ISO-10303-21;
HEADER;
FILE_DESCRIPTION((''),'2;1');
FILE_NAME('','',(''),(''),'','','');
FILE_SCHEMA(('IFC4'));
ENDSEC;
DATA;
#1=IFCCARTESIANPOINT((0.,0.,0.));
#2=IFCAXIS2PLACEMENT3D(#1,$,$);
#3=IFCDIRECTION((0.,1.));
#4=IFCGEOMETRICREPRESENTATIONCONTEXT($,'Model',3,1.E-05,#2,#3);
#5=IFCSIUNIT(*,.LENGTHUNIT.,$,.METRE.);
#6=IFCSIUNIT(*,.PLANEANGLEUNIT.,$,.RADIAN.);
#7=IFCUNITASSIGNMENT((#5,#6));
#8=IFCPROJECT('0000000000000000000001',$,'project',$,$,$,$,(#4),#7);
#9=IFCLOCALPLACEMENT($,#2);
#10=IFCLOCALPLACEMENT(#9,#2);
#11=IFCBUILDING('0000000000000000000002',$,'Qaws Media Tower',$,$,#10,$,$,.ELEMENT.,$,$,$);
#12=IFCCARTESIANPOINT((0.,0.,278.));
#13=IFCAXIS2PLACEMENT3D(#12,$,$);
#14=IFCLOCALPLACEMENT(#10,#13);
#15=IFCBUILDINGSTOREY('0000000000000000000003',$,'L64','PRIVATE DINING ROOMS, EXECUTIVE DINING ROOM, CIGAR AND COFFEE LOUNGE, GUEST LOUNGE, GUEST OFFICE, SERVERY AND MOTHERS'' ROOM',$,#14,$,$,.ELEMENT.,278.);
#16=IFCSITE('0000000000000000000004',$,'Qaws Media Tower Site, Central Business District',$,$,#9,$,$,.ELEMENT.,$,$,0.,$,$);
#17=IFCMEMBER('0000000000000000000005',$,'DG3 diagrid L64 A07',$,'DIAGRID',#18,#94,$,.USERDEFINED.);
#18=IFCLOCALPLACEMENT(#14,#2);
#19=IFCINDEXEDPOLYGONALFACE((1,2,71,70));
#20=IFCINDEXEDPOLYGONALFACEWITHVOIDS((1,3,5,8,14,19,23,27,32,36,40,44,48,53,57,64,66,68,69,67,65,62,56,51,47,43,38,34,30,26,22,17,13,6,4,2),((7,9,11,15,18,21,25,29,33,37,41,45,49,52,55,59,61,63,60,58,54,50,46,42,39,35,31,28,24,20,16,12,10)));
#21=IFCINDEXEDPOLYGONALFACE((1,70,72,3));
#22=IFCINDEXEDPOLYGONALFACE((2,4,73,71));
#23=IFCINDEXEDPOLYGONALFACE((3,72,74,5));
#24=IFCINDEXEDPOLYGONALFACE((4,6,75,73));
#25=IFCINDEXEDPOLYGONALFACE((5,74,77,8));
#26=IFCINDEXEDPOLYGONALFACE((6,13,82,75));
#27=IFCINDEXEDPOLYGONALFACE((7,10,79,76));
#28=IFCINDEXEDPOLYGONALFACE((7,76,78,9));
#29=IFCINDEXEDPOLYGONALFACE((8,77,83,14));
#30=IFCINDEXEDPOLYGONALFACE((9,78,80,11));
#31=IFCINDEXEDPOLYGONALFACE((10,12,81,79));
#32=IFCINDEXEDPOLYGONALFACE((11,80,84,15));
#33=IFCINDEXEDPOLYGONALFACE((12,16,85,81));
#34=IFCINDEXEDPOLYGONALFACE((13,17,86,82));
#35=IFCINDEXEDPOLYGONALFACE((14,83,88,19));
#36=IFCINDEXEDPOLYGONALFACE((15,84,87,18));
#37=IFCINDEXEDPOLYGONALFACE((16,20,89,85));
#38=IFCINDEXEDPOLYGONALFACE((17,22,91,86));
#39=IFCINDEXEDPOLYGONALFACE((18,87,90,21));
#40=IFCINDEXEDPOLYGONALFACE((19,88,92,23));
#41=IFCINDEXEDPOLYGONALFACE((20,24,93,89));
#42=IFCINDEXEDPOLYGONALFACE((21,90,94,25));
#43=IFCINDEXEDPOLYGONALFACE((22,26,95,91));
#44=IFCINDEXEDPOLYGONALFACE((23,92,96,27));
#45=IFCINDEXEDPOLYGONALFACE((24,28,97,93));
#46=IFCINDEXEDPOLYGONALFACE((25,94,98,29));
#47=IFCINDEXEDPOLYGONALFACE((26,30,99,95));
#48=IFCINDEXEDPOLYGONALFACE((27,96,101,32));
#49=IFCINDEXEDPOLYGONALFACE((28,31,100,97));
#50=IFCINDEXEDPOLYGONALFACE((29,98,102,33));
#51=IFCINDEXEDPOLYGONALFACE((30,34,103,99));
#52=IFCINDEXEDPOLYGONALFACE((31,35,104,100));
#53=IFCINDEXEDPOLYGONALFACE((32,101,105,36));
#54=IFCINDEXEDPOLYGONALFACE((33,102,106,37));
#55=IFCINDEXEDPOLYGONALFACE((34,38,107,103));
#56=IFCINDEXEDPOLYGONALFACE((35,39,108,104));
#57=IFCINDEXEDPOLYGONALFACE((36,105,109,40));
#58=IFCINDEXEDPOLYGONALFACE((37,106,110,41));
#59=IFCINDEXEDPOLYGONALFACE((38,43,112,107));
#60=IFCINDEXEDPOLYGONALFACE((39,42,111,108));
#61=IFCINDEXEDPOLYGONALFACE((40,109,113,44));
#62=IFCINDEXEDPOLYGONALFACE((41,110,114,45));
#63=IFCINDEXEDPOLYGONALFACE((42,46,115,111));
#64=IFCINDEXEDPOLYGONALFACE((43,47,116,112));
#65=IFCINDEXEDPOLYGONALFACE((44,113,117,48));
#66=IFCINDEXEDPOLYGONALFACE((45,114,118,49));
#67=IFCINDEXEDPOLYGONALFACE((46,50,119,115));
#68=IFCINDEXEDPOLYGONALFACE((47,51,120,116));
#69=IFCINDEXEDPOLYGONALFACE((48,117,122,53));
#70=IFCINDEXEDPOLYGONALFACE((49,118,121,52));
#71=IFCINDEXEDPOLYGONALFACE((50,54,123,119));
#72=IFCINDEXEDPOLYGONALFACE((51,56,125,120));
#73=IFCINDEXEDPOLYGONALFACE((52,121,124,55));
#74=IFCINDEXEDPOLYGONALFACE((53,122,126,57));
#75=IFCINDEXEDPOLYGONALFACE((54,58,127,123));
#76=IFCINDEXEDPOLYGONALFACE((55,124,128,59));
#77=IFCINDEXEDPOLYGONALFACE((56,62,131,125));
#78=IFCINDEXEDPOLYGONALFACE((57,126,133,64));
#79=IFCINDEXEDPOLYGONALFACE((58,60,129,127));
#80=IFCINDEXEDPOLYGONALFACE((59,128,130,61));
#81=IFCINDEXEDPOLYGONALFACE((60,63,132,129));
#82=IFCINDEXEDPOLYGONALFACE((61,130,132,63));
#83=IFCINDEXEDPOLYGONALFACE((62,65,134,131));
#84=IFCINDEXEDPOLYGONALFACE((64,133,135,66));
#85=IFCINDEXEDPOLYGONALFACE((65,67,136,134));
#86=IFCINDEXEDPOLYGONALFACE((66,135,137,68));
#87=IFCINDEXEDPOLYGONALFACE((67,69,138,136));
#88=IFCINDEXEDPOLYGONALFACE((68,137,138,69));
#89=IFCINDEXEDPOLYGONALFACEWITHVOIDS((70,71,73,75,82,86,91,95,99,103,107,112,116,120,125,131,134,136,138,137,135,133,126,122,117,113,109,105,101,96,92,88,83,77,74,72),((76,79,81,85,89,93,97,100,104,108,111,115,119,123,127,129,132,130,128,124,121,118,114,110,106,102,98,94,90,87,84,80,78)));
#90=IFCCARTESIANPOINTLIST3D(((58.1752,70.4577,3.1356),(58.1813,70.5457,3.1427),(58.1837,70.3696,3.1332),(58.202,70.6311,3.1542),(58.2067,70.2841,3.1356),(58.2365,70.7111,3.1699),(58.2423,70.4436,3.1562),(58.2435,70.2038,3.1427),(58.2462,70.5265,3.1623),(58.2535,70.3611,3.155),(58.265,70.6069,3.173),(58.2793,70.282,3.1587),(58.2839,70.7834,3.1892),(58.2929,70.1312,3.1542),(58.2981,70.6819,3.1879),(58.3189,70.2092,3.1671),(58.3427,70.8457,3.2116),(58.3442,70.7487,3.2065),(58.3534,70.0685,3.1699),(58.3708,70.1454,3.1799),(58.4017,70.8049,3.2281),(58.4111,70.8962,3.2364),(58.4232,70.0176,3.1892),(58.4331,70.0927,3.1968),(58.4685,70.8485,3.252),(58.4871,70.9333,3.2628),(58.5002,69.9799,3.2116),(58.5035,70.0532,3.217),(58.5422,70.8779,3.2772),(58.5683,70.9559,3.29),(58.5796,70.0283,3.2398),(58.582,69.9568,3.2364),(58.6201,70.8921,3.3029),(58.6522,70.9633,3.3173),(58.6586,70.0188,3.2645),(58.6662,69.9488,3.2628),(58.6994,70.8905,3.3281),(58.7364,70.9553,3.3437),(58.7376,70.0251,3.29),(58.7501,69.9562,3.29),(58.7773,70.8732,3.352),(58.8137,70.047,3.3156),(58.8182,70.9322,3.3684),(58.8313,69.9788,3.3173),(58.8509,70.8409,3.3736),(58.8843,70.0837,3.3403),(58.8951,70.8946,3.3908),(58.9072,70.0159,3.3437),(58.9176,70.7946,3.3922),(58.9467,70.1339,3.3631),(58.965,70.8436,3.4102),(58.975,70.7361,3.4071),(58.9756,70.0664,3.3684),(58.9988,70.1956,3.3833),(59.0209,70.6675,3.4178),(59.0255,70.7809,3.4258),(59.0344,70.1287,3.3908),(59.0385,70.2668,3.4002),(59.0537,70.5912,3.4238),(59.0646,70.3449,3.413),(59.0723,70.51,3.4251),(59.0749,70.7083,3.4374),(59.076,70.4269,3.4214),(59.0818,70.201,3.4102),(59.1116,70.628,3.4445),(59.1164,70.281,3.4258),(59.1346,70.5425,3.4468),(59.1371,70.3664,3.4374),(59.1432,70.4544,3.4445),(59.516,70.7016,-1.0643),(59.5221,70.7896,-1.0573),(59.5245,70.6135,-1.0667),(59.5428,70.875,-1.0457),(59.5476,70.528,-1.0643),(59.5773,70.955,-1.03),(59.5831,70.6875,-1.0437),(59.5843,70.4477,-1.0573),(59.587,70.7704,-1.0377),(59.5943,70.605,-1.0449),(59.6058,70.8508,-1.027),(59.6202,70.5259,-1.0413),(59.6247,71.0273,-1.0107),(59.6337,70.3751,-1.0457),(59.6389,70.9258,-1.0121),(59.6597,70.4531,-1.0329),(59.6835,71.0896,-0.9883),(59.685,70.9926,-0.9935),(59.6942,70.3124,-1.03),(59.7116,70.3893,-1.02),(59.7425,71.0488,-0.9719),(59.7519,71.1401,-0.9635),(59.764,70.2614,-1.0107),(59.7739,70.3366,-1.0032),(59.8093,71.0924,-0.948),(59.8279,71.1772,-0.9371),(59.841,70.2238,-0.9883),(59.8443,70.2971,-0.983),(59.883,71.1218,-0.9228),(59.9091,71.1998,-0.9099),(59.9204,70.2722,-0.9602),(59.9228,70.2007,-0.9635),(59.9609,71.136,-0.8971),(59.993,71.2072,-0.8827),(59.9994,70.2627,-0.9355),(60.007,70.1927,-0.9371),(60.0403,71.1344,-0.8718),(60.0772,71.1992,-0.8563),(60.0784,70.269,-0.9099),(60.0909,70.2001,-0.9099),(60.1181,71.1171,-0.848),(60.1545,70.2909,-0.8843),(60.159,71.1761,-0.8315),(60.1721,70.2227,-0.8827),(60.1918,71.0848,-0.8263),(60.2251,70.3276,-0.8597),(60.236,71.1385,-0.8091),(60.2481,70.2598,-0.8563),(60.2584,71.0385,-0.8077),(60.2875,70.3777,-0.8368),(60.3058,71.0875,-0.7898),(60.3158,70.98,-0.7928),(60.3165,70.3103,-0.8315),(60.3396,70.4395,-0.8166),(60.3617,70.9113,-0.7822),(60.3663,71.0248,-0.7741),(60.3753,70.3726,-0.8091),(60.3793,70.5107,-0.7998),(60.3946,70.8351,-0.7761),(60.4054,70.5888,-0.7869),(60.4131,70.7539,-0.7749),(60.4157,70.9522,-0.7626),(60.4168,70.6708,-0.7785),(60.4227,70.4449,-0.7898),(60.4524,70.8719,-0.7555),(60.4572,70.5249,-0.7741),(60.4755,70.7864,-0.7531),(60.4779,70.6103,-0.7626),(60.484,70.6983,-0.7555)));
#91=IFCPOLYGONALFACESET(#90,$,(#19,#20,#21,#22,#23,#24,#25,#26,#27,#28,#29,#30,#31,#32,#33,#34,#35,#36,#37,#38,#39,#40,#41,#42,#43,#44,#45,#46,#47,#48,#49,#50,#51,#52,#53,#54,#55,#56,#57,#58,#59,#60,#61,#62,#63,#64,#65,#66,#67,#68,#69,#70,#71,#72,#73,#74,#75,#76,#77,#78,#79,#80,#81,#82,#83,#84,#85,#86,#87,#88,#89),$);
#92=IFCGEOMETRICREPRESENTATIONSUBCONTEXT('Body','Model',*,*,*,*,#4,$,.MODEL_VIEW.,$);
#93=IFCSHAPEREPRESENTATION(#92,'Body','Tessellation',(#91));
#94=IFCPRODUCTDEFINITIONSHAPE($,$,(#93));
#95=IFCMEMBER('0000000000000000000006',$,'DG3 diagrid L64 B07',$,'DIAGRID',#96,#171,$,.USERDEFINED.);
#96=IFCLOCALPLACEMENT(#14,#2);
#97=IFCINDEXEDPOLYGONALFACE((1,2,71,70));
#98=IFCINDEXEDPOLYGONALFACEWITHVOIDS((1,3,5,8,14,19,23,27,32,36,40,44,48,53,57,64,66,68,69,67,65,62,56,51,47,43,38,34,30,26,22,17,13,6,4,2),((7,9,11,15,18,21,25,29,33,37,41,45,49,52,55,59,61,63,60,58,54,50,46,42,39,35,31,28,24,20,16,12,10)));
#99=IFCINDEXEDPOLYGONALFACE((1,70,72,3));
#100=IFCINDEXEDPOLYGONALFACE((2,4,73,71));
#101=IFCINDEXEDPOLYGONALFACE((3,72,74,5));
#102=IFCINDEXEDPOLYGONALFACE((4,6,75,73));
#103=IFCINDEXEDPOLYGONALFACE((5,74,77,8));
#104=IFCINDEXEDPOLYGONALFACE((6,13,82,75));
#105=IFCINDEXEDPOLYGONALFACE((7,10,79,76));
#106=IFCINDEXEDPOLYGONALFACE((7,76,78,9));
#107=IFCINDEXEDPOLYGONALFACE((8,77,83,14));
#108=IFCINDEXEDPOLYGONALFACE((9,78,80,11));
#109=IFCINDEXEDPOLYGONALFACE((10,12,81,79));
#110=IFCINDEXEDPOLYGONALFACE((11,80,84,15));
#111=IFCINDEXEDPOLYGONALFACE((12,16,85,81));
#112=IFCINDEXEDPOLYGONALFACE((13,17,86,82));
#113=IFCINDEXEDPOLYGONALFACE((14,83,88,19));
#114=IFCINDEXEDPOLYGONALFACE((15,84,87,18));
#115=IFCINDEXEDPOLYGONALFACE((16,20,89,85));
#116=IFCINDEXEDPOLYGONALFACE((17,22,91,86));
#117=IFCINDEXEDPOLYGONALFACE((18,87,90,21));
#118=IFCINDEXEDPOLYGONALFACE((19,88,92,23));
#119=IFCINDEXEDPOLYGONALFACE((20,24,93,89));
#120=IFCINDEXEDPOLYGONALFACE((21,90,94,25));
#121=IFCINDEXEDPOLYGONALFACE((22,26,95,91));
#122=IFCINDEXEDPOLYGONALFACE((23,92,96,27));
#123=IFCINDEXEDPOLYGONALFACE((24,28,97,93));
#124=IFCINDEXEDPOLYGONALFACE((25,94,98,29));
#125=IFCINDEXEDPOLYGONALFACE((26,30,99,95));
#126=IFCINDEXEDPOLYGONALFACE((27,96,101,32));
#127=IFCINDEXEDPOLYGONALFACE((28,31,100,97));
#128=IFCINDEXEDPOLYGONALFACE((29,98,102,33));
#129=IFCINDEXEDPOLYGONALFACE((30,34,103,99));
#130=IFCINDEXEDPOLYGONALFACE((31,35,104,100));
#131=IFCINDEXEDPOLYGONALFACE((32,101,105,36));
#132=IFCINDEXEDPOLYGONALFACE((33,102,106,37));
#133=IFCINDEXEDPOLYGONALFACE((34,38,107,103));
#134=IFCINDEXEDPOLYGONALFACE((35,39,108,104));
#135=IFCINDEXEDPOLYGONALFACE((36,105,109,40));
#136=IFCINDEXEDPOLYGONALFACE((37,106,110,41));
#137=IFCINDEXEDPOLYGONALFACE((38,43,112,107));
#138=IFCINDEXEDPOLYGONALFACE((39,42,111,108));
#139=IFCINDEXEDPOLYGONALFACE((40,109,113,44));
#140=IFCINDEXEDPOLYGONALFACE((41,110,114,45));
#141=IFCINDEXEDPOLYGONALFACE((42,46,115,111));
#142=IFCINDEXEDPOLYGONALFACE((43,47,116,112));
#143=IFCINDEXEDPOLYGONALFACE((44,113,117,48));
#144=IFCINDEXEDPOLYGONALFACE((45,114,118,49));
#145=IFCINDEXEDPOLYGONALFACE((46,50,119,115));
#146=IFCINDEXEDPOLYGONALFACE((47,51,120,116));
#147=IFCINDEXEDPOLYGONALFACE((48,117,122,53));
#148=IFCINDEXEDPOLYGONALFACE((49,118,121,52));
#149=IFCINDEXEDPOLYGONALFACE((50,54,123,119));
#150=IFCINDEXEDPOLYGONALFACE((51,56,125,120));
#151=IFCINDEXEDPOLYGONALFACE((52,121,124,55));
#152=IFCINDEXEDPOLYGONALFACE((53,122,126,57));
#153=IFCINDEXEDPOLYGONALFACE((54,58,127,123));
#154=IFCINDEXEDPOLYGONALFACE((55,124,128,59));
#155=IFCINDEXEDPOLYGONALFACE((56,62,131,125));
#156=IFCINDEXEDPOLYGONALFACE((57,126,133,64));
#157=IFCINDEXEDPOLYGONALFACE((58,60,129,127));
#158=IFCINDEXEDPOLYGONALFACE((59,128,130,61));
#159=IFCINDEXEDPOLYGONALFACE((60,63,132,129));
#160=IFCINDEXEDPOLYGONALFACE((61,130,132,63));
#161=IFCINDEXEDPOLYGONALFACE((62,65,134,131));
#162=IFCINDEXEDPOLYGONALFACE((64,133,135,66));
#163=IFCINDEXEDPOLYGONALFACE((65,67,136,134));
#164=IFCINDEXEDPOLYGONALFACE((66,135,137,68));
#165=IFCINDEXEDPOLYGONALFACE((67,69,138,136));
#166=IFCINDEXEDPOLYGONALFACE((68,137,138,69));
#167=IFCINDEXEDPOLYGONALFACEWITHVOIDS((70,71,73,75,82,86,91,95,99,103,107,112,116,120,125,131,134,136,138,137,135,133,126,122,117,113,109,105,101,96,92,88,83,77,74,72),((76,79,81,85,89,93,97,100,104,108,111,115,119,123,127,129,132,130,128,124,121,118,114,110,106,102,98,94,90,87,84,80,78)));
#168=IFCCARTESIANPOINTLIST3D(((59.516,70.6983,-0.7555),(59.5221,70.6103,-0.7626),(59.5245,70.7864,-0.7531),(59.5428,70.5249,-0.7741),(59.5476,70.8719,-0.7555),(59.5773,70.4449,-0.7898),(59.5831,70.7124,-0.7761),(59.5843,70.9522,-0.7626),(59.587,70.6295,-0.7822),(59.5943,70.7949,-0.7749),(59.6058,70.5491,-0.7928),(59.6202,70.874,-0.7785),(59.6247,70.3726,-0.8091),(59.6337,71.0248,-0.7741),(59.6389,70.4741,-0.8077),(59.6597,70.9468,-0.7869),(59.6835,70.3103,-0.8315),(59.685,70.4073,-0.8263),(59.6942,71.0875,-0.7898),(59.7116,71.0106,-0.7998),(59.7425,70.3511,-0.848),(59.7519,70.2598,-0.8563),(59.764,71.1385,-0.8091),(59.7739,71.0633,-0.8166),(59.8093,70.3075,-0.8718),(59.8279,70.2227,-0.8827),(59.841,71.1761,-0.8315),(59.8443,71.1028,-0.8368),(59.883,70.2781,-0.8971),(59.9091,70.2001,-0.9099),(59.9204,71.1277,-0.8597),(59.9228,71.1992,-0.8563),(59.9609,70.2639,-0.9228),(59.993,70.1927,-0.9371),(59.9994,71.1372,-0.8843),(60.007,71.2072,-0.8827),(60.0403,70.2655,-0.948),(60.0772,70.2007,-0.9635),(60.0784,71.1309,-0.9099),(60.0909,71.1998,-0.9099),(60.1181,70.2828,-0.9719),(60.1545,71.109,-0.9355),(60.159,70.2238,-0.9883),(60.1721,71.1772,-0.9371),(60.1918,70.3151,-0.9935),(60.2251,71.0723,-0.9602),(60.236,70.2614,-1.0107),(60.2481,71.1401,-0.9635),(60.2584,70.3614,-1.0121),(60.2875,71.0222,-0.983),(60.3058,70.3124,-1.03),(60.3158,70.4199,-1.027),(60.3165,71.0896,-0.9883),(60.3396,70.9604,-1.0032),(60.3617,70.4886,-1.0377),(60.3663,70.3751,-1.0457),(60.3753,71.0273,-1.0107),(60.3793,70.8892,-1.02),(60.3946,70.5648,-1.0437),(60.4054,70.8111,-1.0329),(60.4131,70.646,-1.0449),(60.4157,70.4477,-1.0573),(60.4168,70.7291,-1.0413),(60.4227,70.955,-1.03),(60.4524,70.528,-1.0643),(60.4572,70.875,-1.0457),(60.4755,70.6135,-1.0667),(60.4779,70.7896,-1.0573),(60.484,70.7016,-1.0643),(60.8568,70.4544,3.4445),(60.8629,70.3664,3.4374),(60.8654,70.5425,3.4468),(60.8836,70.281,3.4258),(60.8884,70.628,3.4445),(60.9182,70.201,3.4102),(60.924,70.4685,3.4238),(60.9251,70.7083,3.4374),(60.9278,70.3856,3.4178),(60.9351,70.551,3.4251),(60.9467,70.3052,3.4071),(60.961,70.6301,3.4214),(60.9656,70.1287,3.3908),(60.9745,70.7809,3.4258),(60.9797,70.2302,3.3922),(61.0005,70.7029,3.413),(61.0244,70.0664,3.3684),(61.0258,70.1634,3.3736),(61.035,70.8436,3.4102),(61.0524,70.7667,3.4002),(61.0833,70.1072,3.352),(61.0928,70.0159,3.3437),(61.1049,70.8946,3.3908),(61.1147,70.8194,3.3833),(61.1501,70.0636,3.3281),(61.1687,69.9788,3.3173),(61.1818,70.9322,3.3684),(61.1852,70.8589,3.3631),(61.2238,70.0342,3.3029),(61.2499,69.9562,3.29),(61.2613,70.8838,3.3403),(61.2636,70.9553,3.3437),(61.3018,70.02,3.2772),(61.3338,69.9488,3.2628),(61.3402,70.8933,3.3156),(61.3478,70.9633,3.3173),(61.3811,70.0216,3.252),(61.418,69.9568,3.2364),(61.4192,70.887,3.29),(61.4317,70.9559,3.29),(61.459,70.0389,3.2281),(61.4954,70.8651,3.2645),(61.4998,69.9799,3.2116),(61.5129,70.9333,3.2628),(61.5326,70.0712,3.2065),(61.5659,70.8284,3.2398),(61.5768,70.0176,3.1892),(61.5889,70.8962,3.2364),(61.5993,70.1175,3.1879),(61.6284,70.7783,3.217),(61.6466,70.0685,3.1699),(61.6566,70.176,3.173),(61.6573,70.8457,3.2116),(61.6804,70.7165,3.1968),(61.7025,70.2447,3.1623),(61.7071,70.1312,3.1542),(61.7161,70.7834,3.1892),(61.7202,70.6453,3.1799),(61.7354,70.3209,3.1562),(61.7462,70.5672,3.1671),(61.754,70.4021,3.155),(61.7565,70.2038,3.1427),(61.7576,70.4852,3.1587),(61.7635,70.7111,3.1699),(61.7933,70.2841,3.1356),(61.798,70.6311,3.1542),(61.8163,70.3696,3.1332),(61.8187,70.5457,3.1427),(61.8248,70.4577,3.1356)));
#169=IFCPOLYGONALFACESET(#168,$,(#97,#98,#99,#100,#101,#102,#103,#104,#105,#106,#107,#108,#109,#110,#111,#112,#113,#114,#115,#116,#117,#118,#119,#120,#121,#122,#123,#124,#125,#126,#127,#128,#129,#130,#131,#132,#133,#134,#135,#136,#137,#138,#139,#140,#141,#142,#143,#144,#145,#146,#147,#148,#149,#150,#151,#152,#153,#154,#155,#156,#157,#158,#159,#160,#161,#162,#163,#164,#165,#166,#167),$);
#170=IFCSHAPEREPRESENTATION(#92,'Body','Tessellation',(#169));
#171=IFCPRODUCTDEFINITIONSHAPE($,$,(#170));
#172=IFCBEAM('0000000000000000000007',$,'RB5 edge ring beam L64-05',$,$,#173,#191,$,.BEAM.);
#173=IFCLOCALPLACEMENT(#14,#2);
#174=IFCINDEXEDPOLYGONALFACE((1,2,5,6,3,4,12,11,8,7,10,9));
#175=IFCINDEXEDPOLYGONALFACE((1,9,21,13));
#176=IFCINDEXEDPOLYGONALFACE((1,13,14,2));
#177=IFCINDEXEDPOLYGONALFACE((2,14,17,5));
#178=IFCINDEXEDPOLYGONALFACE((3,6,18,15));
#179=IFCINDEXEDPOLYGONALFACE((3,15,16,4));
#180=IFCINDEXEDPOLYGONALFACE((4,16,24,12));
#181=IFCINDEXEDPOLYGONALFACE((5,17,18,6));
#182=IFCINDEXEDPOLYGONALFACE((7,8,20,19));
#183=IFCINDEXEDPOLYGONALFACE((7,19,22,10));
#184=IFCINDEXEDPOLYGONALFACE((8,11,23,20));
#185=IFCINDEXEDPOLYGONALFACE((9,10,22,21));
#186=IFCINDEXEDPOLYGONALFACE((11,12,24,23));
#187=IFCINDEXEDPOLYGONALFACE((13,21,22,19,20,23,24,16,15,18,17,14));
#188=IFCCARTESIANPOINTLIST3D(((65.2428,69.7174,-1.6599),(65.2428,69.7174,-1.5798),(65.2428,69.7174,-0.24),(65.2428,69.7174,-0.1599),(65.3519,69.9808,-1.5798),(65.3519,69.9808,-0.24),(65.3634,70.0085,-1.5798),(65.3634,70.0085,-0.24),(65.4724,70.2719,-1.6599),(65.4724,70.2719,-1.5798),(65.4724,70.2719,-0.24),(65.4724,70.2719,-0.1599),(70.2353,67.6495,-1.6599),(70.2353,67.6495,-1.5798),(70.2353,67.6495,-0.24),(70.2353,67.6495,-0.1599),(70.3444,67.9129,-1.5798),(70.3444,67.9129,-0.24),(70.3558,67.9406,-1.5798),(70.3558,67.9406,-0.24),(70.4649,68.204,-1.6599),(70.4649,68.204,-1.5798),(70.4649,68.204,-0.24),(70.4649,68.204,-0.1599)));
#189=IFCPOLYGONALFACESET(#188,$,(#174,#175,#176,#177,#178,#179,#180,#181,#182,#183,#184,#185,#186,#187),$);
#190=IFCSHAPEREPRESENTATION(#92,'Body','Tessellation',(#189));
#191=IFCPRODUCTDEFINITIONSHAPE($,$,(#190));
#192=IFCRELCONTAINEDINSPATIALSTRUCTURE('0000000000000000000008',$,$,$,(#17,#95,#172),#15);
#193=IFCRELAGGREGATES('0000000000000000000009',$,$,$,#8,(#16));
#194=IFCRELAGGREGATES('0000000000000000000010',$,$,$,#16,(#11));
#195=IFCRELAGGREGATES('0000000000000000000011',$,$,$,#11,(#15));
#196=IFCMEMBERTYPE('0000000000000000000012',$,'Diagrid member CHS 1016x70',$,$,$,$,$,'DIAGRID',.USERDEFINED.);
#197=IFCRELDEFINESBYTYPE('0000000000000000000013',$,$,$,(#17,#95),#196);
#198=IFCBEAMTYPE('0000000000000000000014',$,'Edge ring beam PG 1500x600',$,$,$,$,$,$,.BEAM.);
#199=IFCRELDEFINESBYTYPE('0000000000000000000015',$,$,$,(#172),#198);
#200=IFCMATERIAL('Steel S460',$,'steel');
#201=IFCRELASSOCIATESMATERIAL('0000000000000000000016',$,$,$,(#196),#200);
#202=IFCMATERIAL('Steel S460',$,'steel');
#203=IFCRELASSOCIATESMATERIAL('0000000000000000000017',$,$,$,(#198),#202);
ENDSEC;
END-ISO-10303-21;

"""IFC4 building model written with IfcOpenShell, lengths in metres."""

from ifc_helpers import new_model, si_unit, direction, frame, origin, origin_2d, place, context, subcontext, project, spatial, hollow_circle, i_section, extrude, material, material_profile, profile_set, type_object, element, save


model = new_model("IFC4")

# Units and contexts
model_context = context("Model", 3, precision=1e-05, world=origin(), true_north=direction((0.0, 1.0)))
body_context = subcontext(model_context, "Body", "Model", "MODEL_VIEW")
ifc_project = project(units=[si_unit("LENGTHUNIT", "METRE"), si_unit("PLANEANGLEUNIT", "RADIAN")], contexts=[model_context])

# Site, building, storey
site_placement = place(None, origin())
site = spatial("IfcSite", under=ifc_project, at=site_placement, Name="Qaws Media Tower Site, Central Business District", CompositionType="ELEMENT", RefElevation=0.0)
building_placement = place(site_placement, origin())
building = spatial("IfcBuilding", under=site, at=building_placement, Name="Qaws Media Tower", CompositionType="ELEMENT")
storey_placement = place(building_placement, frame((0.0, 0.0, 278.0)))
storey = spatial("IfcBuildingStorey", under=building, at=storey_placement, Name="L64", Description="PRIVATE DINING ROOMS, EXECUTIVE DINING ROOM, CIGAR AND COFFEE LOUNGE, GUEST LOUNGE, GUEST OFFICE, SERVERY AND MOTHERS' ROOM", CompositionType="ELEMENT", Elevation=278.0)

# Members
ifc_material_1 = material(Name="Steel S460", Category="steel")
ifc_material_profile_1 = material_profile(ifc_material_1, hollow_circle(Radius=0.5081, WallThickness=0.0701, at=origin_2d()), Name="CHS 1016x70")
ifc_profile_set_1 = profile_set([ifc_material_profile_1], Name="Steel S460")
member_type_1 = type_object("IfcMemberType", Name="Diagrid member CHS 1016x70", ElementType="DIAGRID", PredefinedType="USERDEFINED", material=ifc_profile_set_1)
for number, where, z_axis, x_axis, name in (
    (1, (60.0, 70.7, -0.9099), (-0.30366, -0.055236, 0.951178), (0.178964, -0.983856, 0.0), "DG3 diagrid L64 A07"),
    (2, (60.0, 70.7, -0.9099), (0.30366, -0.055236, 0.951178), (0.178964, 0.983856, 0.0), "DG3 diagrid L64 B07"),
):
    element("IfcMember", number, at=place(storey_placement, frame(where, z_axis=z_axis, x_axis=x_axis)), inside=storey, type_object=member_type_1, Name=name, ObjectType="DIAGRID", PredefinedType="USERDEFINED", context=body_context, shape_type="SweptSolid", body=[
        extrude(hollow_circle(Radius=0.5081, WallThickness=0.0701, at=origin_2d()), origin(), (0.0, 0.0, 1.0), 4.4155),
    ])

# Beam
ifc_material_2 = material(Name="Steel S460", Category="steel")
ifc_material_profile_2 = material_profile(ifc_material_2, i_section(OverallWidth=0.6001, OverallDepth=1.5, WebThickness=0.03, FlangeThickness=0.0801, at=origin_2d()), Name="PG 1500x600")
ifc_profile_set_2 = profile_set([ifc_material_profile_2], Name="Steel S460")
beam_type = type_object("IfcBeamType", Name="Edge ring beam PG 1500x600", PredefinedType="BEAM", material=ifc_profile_set_2)
for number, where, z_axis, x_axis, name in (
    (3, (70.3501, 67.9268, -0.9099), (-0.923884, 0.382674, 0.0), (-0.382674, -0.923884, 0.0), "RB5 edge ring beam L64-05"),
):
    element("IfcBeam", number, at=place(storey_placement, frame(where, z_axis=z_axis, x_axis=x_axis)), inside=storey, type_object=beam_type, Name=name, PredefinedType="BEAM", context=body_context, shape_type="SweptSolid", body=[
        extrude(i_section(OverallWidth=0.6001, OverallDepth=1.5, WebThickness=0.03, FlangeThickness=0.0801, at=origin_2d()), origin(), (0.0, 0.0, 1.0), 5.4038),
    ])

save(model, "model.ifc")
